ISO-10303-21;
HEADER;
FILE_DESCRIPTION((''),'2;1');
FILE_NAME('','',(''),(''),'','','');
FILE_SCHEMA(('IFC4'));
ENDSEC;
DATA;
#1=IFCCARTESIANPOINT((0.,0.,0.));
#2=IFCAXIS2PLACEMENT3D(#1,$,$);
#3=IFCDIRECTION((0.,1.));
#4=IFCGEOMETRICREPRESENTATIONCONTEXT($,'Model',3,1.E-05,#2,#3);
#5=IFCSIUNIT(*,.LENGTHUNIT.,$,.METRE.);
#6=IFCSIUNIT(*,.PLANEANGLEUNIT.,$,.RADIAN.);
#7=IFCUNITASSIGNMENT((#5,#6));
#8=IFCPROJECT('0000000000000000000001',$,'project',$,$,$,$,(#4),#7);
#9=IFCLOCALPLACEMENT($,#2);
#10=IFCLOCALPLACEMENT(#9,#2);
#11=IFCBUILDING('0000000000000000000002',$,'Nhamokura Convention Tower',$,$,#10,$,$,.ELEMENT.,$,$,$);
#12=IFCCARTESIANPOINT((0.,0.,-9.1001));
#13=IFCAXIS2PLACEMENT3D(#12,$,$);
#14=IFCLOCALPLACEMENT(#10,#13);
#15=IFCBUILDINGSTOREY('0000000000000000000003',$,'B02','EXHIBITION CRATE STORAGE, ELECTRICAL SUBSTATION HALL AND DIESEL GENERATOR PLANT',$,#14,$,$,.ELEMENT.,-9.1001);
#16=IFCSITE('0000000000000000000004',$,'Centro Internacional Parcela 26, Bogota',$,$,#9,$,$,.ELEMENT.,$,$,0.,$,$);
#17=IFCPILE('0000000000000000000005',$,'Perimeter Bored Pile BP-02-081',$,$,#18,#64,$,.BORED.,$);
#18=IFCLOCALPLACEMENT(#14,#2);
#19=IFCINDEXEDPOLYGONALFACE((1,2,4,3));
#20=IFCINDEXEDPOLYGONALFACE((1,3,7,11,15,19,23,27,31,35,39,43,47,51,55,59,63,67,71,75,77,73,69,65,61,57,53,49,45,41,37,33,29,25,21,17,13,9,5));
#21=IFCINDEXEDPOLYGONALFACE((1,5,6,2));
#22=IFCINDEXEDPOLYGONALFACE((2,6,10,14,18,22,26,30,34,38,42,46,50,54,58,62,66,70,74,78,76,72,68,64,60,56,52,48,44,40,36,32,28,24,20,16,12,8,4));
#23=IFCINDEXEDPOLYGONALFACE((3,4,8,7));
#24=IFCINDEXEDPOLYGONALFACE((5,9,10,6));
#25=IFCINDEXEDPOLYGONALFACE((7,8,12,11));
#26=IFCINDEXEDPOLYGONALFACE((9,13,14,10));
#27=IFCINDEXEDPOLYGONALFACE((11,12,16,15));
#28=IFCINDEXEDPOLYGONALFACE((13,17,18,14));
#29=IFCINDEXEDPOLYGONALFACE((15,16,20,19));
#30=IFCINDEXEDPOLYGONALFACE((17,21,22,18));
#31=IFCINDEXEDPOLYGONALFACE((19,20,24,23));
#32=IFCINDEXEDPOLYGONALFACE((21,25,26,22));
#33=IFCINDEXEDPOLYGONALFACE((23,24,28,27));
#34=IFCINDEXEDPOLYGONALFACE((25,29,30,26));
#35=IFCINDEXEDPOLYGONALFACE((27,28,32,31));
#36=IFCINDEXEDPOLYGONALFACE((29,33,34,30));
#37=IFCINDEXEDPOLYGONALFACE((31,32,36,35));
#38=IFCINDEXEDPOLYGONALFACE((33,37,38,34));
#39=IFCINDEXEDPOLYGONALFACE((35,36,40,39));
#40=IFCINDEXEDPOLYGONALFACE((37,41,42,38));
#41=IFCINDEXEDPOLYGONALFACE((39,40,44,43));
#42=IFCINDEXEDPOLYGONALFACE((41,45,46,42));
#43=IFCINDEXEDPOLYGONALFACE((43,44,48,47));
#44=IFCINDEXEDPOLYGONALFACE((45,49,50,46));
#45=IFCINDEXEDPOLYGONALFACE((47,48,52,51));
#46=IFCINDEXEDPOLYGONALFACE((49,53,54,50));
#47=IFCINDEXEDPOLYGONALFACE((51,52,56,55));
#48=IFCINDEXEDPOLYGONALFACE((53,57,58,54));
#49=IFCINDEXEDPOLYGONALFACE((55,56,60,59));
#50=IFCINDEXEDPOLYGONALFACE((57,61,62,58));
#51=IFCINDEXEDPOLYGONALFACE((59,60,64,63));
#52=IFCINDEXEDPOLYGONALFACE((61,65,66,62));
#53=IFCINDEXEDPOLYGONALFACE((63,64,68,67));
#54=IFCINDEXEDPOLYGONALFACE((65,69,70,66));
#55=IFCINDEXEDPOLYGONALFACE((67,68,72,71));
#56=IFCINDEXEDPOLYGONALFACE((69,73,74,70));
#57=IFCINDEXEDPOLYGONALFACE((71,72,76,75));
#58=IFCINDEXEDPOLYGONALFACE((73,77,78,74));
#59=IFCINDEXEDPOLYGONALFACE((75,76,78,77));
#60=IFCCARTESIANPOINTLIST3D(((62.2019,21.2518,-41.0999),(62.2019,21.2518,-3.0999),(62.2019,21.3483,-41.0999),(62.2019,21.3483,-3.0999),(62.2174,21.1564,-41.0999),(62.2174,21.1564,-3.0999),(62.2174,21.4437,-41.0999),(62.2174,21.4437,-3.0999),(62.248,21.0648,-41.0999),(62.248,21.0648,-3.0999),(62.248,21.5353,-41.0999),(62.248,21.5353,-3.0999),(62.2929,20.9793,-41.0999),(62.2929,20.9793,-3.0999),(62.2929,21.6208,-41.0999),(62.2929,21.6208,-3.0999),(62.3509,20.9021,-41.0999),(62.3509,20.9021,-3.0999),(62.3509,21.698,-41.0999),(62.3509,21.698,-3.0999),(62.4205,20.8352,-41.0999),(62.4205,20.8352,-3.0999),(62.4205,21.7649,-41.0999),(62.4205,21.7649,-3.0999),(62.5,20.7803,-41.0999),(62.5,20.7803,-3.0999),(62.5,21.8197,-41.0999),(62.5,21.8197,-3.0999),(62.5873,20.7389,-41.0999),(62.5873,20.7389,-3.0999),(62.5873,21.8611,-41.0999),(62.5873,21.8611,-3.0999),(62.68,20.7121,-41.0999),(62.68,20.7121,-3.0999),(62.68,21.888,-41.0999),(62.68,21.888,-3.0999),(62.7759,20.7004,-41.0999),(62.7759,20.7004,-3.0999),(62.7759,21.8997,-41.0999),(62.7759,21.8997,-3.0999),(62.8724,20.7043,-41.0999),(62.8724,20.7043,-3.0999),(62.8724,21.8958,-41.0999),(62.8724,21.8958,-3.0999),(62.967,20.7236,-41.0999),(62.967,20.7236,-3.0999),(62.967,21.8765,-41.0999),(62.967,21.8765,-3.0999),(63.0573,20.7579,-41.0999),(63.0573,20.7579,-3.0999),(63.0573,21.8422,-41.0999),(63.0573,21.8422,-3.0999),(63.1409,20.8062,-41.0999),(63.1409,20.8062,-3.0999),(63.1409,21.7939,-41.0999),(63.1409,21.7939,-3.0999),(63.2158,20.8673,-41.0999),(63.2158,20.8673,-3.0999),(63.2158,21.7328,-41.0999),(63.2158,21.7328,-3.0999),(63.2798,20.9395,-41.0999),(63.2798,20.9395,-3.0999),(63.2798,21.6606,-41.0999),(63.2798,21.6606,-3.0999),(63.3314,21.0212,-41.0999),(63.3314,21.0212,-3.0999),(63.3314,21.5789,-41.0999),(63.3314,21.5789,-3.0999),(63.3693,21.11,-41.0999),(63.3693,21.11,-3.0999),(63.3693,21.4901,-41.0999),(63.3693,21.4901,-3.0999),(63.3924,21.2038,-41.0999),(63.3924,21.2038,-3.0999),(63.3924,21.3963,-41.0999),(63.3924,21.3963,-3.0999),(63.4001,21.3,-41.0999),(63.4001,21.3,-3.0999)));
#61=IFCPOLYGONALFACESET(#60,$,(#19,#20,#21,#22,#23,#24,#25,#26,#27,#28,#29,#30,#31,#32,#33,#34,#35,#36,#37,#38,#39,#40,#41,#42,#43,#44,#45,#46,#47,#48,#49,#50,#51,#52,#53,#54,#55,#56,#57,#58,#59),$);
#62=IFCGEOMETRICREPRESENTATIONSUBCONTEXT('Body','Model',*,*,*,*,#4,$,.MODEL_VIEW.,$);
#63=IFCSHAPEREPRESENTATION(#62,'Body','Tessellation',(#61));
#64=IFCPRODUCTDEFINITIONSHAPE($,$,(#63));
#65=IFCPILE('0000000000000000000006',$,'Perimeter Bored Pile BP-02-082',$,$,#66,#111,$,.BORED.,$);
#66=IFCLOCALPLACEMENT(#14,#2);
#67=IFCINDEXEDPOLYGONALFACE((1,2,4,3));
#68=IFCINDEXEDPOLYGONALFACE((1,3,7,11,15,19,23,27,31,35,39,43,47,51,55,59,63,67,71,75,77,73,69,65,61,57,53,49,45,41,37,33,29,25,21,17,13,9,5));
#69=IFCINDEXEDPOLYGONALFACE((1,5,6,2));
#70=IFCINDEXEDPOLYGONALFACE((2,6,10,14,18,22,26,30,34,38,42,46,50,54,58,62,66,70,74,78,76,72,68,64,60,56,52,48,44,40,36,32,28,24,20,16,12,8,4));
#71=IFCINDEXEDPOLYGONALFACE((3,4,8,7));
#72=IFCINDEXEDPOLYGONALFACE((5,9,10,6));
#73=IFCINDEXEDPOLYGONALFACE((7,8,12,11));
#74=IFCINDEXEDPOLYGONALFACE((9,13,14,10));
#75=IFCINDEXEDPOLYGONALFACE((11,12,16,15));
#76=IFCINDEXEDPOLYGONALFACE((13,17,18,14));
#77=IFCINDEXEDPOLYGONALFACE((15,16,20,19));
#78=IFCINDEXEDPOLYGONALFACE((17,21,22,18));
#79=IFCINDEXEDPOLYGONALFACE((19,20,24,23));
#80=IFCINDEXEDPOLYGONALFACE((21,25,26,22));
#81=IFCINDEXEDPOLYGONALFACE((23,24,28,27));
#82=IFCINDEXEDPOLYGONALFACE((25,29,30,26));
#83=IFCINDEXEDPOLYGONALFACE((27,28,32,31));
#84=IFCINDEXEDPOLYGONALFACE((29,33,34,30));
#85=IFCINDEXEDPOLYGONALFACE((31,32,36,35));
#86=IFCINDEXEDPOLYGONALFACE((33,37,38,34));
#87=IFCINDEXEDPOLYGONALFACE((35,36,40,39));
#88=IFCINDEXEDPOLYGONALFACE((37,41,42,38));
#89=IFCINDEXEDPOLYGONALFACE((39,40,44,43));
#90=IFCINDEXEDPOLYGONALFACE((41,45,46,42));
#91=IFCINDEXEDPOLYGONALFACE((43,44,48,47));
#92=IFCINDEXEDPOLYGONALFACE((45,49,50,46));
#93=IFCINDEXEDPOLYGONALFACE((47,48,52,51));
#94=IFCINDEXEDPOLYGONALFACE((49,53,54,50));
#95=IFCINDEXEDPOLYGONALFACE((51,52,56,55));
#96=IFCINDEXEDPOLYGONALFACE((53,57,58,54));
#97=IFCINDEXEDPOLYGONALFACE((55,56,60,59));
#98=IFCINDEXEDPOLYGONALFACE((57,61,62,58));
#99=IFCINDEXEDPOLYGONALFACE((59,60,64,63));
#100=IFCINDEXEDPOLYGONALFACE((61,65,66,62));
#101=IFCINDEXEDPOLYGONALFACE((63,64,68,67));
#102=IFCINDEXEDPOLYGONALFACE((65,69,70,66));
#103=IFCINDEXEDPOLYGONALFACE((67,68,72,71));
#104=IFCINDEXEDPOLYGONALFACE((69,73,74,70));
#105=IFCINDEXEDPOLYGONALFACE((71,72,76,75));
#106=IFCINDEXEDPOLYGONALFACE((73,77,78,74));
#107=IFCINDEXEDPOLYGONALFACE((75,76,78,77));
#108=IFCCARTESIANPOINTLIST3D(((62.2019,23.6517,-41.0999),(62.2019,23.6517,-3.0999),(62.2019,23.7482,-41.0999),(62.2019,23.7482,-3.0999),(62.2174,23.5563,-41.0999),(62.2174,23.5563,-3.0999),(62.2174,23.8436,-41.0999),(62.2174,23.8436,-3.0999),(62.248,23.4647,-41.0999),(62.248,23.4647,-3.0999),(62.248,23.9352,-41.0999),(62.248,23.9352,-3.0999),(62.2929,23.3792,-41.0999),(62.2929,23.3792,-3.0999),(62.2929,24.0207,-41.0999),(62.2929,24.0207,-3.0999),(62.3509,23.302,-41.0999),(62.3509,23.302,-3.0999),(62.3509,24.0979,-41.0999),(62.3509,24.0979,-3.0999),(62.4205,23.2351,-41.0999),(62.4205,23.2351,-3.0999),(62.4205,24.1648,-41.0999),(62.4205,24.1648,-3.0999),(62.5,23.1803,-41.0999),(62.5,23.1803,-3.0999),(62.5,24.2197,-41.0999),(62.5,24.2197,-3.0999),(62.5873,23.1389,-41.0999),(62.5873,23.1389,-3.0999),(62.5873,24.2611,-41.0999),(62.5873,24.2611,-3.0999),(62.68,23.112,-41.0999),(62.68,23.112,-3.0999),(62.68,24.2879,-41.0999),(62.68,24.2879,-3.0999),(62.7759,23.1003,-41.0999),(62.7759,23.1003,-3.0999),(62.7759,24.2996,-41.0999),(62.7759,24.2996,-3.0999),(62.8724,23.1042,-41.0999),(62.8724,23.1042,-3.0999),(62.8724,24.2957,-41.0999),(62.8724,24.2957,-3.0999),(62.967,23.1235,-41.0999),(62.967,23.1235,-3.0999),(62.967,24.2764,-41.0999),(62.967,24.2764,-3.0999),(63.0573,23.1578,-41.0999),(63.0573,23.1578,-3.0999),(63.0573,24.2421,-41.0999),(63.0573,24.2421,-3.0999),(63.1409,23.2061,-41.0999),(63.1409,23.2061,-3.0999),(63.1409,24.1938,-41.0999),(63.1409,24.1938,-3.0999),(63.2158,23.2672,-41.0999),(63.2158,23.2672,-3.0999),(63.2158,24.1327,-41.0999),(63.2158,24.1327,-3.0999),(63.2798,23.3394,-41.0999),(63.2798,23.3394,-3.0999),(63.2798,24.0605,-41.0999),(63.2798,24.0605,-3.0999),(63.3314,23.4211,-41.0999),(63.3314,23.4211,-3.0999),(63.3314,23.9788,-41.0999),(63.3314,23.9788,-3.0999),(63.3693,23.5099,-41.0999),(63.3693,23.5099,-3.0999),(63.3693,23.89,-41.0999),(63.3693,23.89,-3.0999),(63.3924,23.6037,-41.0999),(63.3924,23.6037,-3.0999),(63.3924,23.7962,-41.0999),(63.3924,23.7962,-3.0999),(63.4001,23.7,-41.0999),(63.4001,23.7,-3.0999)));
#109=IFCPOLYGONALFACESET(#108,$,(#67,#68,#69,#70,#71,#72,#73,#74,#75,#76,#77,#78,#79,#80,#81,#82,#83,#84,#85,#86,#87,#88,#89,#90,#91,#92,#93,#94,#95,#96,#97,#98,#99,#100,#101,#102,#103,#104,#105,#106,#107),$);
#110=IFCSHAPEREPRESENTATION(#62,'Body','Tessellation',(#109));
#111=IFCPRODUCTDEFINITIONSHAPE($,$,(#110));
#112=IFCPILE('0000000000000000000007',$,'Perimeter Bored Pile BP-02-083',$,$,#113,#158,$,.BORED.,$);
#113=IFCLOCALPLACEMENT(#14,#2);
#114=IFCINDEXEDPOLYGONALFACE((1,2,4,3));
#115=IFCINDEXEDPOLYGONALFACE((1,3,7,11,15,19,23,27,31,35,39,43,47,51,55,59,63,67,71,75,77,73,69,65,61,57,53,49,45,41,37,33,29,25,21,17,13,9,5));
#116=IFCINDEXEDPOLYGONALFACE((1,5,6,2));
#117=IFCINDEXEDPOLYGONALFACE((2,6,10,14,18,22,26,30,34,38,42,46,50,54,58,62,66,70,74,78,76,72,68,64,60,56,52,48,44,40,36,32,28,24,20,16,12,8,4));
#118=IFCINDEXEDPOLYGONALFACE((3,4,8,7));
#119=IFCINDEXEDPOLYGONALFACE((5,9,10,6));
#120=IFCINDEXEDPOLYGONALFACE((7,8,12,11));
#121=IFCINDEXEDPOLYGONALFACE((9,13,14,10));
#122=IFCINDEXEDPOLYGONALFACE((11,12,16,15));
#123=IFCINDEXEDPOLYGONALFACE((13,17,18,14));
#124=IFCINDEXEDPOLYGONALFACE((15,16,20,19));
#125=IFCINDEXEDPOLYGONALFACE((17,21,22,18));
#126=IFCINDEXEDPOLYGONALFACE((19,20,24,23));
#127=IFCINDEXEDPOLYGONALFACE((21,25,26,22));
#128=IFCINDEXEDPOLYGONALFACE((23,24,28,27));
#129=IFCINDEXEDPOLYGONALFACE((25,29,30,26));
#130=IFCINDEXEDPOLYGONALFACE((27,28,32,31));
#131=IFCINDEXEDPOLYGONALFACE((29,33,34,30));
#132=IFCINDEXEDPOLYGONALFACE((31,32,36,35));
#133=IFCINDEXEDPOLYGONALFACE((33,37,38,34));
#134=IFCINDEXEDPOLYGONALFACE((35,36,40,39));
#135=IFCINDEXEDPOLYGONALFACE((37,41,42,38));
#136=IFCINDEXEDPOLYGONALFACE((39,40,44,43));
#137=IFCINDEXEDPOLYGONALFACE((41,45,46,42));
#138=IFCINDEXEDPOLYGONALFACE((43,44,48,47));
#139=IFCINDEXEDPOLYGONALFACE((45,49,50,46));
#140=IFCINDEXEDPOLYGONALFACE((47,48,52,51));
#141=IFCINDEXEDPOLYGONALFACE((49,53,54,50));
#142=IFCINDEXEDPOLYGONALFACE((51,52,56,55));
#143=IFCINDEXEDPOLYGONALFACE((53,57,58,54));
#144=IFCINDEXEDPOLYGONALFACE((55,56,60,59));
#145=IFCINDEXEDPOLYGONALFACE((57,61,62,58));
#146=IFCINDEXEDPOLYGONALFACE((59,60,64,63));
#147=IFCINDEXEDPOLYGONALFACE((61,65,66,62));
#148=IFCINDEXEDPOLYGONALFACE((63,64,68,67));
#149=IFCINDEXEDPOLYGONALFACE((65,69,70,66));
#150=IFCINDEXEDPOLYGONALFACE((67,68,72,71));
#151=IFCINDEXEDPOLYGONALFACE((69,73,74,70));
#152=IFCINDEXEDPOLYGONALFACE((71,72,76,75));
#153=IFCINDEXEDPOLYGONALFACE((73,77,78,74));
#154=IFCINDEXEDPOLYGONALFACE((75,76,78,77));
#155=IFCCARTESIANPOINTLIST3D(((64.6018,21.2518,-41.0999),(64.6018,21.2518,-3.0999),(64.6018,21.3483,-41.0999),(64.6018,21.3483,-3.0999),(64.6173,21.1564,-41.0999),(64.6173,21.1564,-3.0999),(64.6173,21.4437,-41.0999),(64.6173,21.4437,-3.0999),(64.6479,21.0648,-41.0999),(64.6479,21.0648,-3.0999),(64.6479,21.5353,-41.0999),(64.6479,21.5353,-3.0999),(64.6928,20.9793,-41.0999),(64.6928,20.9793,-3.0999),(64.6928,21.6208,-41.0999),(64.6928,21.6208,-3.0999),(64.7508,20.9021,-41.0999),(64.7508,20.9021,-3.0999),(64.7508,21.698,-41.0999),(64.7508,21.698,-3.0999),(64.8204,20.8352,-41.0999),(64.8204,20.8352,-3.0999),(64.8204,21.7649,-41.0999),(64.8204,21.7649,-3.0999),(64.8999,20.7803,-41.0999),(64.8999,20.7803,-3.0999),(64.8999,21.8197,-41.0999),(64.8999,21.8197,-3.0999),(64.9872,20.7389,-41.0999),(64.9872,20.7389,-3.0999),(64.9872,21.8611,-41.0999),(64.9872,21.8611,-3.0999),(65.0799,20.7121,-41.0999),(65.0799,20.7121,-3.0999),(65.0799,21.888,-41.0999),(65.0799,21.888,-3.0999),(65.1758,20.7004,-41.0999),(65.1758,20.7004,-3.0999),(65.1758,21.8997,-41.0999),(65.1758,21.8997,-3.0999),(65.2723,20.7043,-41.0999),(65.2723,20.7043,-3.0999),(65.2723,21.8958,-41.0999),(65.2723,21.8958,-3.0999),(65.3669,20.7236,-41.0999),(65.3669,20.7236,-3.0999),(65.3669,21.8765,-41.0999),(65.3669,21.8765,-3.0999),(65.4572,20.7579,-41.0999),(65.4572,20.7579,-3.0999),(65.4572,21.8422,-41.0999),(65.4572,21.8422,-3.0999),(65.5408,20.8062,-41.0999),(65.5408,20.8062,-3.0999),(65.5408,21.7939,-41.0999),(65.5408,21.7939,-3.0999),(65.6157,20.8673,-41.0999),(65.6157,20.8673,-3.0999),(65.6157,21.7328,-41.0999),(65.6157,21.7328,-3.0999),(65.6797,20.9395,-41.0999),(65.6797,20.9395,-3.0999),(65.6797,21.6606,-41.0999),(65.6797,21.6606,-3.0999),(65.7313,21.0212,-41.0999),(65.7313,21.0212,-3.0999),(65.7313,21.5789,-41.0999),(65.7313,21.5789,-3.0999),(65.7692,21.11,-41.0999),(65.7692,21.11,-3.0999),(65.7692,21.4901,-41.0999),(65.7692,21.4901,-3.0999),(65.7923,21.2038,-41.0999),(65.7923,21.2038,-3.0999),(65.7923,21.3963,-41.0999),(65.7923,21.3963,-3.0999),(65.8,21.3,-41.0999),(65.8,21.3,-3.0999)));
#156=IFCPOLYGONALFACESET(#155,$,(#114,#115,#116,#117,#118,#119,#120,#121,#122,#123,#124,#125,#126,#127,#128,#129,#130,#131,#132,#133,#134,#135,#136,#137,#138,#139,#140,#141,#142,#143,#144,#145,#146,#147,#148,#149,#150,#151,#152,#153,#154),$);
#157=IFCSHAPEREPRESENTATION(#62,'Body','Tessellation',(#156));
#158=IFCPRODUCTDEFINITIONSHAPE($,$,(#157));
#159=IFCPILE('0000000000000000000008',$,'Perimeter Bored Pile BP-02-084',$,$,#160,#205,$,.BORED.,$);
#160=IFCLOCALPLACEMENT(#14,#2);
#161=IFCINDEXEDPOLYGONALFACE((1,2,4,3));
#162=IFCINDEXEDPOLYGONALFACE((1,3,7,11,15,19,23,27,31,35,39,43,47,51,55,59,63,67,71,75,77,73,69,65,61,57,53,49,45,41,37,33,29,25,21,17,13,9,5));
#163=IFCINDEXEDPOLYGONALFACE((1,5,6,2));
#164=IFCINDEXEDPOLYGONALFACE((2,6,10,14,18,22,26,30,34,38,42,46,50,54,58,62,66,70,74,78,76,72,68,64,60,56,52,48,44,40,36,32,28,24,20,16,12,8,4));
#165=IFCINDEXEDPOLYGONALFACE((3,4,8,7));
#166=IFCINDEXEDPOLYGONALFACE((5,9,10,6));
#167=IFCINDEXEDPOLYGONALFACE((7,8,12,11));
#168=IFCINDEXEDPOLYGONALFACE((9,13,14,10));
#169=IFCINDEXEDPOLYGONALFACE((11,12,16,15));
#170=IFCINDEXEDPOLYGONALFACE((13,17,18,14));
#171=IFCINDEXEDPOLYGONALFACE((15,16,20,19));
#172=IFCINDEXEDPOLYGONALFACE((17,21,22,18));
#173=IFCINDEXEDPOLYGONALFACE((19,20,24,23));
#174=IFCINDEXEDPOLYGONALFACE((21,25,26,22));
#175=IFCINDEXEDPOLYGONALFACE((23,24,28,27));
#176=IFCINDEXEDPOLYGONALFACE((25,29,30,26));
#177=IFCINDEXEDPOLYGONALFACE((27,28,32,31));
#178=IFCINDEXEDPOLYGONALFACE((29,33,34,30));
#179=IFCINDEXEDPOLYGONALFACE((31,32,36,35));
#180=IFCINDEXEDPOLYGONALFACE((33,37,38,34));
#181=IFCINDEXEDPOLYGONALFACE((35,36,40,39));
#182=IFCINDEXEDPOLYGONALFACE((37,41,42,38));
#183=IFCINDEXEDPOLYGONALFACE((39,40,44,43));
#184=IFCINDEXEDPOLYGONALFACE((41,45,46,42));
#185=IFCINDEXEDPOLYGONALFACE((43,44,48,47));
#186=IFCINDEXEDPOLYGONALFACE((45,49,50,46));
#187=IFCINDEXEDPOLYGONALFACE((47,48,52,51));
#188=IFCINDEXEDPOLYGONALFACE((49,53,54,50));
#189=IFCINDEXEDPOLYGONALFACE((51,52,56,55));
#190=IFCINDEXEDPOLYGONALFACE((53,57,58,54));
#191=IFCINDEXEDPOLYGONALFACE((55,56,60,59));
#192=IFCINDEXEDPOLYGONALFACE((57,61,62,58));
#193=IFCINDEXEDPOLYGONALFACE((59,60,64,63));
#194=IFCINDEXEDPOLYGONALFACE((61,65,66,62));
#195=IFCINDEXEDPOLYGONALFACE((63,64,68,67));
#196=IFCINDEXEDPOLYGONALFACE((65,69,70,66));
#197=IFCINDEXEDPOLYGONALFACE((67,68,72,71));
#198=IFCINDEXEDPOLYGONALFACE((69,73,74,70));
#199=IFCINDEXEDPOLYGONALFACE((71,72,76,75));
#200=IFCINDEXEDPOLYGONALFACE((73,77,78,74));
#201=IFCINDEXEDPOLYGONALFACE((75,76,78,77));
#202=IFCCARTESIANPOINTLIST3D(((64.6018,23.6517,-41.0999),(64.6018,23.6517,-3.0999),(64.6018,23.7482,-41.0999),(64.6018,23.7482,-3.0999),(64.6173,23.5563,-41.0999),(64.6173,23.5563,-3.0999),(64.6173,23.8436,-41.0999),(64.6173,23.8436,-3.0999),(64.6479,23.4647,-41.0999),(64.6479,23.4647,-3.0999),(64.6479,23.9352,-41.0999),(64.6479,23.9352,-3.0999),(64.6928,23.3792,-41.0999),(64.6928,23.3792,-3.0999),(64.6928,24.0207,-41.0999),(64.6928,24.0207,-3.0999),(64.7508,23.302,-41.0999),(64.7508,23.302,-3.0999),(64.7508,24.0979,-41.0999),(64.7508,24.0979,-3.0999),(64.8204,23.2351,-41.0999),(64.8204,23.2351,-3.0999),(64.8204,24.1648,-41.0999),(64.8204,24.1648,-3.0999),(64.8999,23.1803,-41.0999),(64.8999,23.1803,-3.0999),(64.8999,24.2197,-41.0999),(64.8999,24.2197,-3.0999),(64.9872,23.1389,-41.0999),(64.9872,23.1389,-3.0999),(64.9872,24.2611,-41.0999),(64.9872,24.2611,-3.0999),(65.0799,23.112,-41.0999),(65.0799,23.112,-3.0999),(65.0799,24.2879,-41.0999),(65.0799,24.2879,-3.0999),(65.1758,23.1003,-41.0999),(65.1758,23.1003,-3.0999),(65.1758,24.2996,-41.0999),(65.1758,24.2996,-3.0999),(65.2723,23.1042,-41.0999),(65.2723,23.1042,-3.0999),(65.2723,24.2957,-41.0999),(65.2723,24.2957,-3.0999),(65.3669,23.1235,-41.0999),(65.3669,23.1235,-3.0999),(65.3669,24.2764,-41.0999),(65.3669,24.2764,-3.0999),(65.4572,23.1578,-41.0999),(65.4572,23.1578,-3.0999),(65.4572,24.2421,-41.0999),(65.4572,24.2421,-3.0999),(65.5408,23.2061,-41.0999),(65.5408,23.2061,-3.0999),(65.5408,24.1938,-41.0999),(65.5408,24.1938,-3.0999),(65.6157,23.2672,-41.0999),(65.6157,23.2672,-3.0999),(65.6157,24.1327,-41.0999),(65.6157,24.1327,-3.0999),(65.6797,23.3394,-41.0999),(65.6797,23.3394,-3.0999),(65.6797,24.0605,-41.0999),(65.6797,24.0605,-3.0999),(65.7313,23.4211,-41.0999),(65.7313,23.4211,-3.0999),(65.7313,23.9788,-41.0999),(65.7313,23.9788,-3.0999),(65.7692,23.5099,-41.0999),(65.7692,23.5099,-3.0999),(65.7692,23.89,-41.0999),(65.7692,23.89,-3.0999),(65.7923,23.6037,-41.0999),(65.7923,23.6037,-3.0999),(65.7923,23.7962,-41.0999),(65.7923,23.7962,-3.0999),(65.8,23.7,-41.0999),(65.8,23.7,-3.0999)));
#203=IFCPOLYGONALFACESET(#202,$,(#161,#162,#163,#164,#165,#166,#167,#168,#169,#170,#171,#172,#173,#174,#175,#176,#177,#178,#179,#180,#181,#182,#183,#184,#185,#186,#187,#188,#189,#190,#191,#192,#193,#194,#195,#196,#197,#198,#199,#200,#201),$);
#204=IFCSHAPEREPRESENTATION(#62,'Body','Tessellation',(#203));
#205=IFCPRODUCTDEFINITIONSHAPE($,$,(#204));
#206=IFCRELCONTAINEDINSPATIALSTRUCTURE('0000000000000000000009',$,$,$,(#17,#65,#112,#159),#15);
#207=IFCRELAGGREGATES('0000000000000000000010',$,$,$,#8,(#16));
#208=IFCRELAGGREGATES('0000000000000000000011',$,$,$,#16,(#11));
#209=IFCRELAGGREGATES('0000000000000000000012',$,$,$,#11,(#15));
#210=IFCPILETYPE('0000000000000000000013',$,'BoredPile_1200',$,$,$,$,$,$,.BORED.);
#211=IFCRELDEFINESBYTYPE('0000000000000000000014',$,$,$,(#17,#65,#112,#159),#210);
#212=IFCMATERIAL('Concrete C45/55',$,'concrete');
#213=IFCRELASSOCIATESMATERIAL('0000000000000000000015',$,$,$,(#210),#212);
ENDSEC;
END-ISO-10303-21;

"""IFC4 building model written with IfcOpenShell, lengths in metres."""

from ifc_helpers import new_model, si_unit, direction, frame, origin, origin_2d, place, context, subcontext, project, spatial, circle, extrude, material, material_profile, profile_set, type_object, element, save


model = new_model("IFC4")

# Units and contexts
model_context = context("Model", 3, precision=1e-05, world=origin(), true_north=direction((0.0, 1.0)))
body_context = subcontext(model_context, "Body", "Model", "MODEL_VIEW")
ifc_project = project(units=[si_unit("LENGTHUNIT", "METRE"), si_unit("PLANEANGLEUNIT", "RADIAN")], contexts=[model_context])

# Site, building, storey
site_placement = place(None, origin())
site = spatial("IfcSite", under=ifc_project, at=site_placement, Name="Centro Internacional Parcela 26, Bogota", CompositionType="ELEMENT", RefElevation=0.0)
building_placement = place(site_placement, origin())
building = spatial("IfcBuilding", under=site, at=building_placement, Name="Nhamokura Convention Tower", CompositionType="ELEMENT")
storey_placement = place(building_placement, frame((0.0, 0.0, -9.1001)))
storey = spatial("IfcBuildingStorey", under=building, at=storey_placement, Name="B02", Description="EXHIBITION CRATE STORAGE, ELECTRICAL SUBSTATION HALL AND DIESEL GENERATOR PLANT", CompositionType="ELEMENT", Elevation=-9.1001)

# Piles
ifc_material_1 = material(Name="Concrete C45/55", Category="concrete")
ifc_material_profile_1 = material_profile(ifc_material_1, circle(Radius=0.6001, at=origin_2d()))
ifc_profile_set_1 = profile_set([ifc_material_profile_1], Name="Concrete C45/55")
pile_type_1 = type_object("IfcPileType", Name="BoredPile_1200", PredefinedType="BORED", material=ifc_profile_set_1)
for number, where, z_axis, x_axis, name in (
    (1, (62.8, 21.3, -3.0999), (0.0, 0.0, -1.0), (1.0, 0.0, 0.0), "Perimeter Bored Pile BP-02-081"),
    (2, (62.8, 23.7, -3.0999), (0.0, 0.0, -1.0), (1.0, 0.0, 0.0), "Perimeter Bored Pile BP-02-082"),
    (3, (65.2, 21.3, -3.0999), (0.0, 0.0, -1.0), (1.0, 0.0, 0.0), "Perimeter Bored Pile BP-02-083"),
    (4, (65.2, 23.7, -3.0999), (0.0, 0.0, -1.0), (1.0, 0.0, 0.0), "Perimeter Bored Pile BP-02-084"),
):
    element("IfcPile", number, at=place(storey_placement, frame(where, z_axis=z_axis, x_axis=x_axis)), inside=storey, type_object=pile_type_1, Name=name, PredefinedType="BORED", context=body_context, shape_type="SweptSolid", body=[
        extrude(circle(Radius=0.6001, at=origin_2d()), origin(), (0.0, 0.0, 1.0), 38.0),
    ])

save(model, "model.ifc")
